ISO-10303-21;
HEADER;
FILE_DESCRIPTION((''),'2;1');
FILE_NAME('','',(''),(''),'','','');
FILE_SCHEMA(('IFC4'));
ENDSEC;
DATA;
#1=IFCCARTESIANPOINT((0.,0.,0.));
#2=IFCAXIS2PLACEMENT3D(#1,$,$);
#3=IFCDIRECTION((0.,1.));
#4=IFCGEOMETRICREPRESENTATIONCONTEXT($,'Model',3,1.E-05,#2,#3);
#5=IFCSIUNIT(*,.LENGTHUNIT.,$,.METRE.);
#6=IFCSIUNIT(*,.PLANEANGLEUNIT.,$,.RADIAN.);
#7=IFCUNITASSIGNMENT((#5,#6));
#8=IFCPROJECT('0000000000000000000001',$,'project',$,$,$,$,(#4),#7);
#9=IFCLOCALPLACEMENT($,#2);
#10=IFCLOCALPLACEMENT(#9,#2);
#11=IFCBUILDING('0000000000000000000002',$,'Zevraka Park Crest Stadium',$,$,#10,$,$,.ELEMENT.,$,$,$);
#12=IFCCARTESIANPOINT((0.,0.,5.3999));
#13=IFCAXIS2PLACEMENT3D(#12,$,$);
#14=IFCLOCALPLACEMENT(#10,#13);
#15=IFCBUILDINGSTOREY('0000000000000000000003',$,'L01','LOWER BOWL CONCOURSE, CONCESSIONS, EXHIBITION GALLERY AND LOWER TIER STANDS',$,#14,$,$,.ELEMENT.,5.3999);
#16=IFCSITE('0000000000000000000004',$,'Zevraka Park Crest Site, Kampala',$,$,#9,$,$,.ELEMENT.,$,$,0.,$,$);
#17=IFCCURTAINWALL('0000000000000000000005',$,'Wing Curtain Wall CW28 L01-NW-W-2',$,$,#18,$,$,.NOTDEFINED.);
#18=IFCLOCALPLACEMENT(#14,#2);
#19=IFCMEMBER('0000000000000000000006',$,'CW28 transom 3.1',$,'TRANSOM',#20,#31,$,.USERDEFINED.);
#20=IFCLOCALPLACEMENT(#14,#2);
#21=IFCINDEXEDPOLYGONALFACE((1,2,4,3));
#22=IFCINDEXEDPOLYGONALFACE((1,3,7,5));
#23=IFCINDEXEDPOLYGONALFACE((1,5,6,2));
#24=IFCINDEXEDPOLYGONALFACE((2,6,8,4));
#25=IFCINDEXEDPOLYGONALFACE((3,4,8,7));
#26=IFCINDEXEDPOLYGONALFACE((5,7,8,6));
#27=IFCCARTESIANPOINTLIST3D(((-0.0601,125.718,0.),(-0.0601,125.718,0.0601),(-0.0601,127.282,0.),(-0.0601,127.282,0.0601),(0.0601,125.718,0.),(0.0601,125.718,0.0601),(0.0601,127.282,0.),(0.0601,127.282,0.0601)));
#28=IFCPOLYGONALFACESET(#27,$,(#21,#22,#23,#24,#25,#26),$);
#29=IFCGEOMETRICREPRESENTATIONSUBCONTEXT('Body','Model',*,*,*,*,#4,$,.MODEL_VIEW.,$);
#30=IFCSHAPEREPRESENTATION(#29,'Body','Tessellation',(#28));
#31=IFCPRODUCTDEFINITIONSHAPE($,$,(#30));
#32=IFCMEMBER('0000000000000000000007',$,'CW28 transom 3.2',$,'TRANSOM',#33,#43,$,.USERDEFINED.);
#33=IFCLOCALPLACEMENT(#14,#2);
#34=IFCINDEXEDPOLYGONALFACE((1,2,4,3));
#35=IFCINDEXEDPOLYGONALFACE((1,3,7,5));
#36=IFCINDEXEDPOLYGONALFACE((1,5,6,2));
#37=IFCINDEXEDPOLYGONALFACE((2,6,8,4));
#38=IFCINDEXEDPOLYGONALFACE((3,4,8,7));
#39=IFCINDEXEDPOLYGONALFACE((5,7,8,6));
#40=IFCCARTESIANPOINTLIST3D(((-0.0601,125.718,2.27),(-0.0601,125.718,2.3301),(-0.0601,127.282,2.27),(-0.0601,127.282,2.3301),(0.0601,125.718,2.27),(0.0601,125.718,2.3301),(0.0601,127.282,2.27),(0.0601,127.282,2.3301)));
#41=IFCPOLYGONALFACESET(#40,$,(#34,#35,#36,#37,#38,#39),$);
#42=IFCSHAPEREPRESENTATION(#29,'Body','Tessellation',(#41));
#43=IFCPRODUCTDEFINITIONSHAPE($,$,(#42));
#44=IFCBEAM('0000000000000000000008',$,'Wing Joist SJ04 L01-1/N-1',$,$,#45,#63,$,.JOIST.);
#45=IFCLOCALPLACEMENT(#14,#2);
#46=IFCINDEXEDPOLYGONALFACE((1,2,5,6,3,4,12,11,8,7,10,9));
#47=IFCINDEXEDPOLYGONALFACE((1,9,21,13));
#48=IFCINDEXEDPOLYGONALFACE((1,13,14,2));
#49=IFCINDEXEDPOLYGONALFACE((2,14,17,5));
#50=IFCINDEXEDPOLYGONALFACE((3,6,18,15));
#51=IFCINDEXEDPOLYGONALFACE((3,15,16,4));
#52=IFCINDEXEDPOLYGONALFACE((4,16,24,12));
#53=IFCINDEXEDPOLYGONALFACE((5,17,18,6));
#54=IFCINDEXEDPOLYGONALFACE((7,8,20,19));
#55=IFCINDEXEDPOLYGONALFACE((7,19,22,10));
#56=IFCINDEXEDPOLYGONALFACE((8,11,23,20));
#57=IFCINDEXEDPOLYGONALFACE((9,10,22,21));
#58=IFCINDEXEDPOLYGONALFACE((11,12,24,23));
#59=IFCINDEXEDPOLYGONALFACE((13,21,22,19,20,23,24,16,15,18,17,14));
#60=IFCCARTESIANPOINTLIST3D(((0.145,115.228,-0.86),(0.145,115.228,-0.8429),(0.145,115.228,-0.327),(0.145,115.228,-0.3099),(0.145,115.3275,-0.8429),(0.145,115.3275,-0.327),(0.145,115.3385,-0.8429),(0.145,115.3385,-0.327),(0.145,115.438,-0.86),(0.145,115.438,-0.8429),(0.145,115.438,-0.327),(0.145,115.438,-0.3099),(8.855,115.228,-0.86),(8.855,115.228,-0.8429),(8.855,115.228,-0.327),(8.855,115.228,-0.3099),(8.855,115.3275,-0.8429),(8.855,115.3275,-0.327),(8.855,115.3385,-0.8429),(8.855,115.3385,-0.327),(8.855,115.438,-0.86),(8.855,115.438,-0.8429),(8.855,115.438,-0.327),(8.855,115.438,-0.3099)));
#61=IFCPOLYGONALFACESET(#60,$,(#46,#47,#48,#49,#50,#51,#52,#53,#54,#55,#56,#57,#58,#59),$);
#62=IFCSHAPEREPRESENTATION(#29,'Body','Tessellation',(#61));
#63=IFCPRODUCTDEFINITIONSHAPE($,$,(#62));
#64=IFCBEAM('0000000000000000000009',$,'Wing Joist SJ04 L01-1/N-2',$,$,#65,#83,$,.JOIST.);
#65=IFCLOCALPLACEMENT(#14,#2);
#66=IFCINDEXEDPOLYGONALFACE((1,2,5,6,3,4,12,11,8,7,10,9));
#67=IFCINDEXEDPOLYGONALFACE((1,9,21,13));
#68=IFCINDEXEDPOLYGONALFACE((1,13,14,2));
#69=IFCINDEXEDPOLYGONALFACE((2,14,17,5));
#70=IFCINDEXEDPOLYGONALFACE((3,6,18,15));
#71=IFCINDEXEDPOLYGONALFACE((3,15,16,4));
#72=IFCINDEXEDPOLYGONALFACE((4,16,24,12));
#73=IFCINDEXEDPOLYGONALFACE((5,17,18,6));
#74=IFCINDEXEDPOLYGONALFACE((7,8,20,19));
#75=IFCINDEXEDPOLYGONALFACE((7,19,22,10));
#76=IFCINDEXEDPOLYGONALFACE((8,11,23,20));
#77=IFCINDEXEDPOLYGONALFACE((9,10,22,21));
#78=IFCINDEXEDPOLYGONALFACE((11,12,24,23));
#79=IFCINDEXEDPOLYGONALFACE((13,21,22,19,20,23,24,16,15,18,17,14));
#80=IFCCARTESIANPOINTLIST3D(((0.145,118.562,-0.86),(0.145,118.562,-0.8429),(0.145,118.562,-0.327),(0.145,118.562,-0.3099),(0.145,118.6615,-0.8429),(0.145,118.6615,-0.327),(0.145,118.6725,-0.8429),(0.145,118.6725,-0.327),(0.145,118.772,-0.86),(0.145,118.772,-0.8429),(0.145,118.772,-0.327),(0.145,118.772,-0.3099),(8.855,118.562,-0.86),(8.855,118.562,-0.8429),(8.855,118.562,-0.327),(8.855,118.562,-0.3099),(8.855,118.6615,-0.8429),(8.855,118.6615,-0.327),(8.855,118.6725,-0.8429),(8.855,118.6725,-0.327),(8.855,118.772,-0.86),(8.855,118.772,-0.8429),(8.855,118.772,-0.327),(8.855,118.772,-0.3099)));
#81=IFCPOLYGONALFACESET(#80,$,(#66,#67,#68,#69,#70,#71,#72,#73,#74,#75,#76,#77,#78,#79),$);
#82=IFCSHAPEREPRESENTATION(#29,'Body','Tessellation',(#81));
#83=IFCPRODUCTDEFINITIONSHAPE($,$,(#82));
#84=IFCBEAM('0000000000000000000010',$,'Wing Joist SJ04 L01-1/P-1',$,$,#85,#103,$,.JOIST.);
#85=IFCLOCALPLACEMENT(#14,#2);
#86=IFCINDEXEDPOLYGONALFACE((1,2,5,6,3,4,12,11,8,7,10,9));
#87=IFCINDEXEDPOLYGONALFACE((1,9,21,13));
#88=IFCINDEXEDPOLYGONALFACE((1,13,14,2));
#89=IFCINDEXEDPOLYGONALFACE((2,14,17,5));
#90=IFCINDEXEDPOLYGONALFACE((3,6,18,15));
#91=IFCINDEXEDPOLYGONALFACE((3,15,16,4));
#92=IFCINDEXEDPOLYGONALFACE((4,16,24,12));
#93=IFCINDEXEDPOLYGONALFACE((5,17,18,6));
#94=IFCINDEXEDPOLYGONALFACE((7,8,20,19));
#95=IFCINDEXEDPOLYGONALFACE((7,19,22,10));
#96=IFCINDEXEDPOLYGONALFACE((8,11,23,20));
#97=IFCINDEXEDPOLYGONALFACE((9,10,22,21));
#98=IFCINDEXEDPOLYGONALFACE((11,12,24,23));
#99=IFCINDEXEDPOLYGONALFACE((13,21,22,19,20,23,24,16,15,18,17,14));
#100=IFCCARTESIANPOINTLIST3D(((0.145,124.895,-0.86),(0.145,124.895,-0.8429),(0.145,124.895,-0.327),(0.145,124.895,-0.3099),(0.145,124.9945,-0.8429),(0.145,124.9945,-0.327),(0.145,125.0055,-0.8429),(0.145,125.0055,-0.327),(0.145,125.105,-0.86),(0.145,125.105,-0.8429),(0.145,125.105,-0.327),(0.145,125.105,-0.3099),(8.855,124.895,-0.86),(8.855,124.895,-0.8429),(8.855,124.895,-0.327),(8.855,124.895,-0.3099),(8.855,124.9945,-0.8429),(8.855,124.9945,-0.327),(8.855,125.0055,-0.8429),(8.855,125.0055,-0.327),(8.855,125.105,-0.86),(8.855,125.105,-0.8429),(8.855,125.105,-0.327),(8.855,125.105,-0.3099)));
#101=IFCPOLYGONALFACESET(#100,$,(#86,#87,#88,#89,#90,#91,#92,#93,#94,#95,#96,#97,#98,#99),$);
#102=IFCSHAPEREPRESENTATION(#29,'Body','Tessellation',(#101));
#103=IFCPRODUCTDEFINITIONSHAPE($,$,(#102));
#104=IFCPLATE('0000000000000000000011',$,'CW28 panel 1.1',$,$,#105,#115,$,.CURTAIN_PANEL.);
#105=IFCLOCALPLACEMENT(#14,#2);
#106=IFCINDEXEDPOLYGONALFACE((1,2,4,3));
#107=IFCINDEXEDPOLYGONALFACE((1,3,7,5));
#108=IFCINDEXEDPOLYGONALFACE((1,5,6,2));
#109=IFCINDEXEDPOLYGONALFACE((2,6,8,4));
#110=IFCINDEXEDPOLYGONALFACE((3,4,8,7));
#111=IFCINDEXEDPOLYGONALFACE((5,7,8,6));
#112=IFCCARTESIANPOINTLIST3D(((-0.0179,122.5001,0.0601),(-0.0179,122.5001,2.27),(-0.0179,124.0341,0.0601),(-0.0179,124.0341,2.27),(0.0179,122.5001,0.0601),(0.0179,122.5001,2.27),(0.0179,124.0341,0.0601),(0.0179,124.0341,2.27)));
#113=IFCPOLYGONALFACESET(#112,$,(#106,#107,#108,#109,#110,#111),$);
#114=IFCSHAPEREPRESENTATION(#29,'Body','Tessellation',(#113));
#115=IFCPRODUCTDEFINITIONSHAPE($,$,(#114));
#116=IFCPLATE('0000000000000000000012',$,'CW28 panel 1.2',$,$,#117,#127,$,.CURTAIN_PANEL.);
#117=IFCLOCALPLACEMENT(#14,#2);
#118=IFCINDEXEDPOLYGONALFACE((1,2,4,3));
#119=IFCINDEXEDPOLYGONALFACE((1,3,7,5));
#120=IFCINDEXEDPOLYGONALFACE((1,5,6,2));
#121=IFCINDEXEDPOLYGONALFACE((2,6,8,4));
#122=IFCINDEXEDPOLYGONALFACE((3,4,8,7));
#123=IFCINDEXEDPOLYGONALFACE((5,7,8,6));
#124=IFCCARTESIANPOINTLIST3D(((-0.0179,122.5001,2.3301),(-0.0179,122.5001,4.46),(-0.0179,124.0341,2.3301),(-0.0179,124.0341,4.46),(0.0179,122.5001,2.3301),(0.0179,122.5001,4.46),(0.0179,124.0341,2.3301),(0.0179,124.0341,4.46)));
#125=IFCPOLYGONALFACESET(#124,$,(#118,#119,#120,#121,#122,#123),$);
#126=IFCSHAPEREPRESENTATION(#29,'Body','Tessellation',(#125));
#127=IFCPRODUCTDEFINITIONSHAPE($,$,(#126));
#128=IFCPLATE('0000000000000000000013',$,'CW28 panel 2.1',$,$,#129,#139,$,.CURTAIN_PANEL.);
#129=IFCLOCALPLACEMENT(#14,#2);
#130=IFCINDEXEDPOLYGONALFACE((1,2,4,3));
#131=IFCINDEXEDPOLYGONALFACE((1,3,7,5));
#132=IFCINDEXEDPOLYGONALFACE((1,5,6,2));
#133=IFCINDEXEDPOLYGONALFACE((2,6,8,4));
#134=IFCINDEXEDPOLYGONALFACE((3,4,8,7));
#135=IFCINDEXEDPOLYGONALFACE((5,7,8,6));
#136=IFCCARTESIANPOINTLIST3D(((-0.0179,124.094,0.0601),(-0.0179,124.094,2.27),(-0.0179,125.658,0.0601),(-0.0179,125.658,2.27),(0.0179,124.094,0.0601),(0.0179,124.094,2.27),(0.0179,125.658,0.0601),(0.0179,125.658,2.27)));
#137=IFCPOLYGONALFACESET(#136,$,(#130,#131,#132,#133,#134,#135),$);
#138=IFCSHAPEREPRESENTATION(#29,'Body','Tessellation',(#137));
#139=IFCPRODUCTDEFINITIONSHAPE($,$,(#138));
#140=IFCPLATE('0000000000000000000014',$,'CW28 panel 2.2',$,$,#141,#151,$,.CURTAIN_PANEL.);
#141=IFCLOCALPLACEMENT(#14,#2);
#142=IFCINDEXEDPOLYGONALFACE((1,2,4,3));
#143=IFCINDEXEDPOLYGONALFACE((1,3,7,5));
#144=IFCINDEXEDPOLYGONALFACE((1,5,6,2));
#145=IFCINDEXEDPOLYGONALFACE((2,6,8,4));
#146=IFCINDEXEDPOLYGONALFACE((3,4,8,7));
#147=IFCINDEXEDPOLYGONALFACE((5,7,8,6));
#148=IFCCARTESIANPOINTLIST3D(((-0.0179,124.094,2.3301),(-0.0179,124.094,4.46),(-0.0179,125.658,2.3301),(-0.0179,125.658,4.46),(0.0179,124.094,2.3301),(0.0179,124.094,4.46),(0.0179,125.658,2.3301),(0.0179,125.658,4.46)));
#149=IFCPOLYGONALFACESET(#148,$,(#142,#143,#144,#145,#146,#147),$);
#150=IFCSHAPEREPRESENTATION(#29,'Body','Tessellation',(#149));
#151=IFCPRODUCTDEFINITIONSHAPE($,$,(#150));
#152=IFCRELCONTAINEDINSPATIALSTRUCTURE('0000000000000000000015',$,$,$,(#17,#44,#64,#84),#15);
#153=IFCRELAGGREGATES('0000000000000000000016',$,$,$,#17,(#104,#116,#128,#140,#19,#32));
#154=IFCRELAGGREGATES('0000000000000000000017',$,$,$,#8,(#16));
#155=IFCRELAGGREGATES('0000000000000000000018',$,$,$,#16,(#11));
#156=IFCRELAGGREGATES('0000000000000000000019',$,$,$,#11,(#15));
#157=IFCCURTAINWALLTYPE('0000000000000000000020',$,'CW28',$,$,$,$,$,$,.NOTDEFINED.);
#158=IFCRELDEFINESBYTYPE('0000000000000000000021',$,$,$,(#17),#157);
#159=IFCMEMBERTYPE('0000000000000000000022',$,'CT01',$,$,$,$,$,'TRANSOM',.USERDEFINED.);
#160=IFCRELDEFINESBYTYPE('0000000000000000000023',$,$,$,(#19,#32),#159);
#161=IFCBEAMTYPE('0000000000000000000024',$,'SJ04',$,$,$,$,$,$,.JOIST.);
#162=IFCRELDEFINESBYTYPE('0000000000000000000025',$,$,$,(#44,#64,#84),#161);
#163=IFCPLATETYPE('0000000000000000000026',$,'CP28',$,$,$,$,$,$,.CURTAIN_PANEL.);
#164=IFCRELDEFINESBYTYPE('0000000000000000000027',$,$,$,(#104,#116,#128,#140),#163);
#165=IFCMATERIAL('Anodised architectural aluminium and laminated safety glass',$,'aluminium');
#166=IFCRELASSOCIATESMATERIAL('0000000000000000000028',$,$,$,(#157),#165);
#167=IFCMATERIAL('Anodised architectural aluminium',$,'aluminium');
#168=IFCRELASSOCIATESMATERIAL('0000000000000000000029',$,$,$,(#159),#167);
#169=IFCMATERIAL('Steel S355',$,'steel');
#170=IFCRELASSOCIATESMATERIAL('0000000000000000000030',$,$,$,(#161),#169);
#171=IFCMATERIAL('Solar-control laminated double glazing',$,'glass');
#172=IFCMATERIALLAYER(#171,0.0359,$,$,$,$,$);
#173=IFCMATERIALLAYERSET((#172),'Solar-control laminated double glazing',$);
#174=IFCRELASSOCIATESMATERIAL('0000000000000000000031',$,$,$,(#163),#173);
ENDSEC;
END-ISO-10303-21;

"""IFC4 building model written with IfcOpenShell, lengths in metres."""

from ifc_helpers import new_model, si_unit, direction, frame, origin, origin_2d, place, context, subcontext, project, spatial, rectangle, i_section, extrude, material, layer, layer_set, material_profile, profile_set, type_object, element, aggregate, save


model = new_model("IFC4")

# Units and contexts
model_context = context("Model", 3, precision=1e-05, world=origin(), true_north=direction((0.0, 1.0)))
body_context = subcontext(model_context, "Body", "Model", "MODEL_VIEW")
ifc_project = project(units=[si_unit("LENGTHUNIT", "METRE"), si_unit("PLANEANGLEUNIT", "RADIAN")], contexts=[model_context])

# Site, building, storey
site_placement = place(None, origin())
site = spatial("IfcSite", under=ifc_project, at=site_placement, Name="Zevraka Park Crest Site, Kampala", CompositionType="ELEMENT", RefElevation=0.0)
building_placement = place(site_placement, origin())
building = spatial("IfcBuilding", under=site, at=building_placement, Name="Zevraka Park Crest Stadium", CompositionType="ELEMENT")
storey_placement = place(building_placement, frame((0.0, 0.0, 5.3999)))
storey = spatial("IfcBuildingStorey", under=building, at=storey_placement, Name="L01", Description="LOWER BOWL CONCOURSE, CONCESSIONS, EXHIBITION GALLERY AND LOWER TIER STANDS", CompositionType="ELEMENT", Elevation=5.3999)

# Curtain wall, members
ifc_material_1 = material(Name="Anodised architectural aluminium and laminated safety glass", Category="aluminium")
curtain_wall_type = type_object("IfcCurtainWallType", Name="CW28", PredefinedType="NOTDEFINED", material=ifc_material_1)
curtain_wall_placement = place(storey_placement, origin())
curtain_wall = element("IfcCurtainWall", 1, at=curtain_wall_placement, inside=storey, type_object=curtain_wall_type, Name="Wing Curtain Wall CW28 L01-NW-W-2", PredefinedType="NOTDEFINED")
ifc_material_2 = material(Name="Anodised architectural aluminium", Category="aluminium")
ifc_material_profile_1 = material_profile(ifc_material_2, rectangle(XDim=0.1201, YDim=0.0601, at=origin_2d()), Name="ALU TRANSOM 120x60")
ifc_profile_set_1 = profile_set([ifc_material_profile_1], Name="Anodised architectural aluminium")
member_type_1 = type_object("IfcMemberType", Name="CT01", ElementType="TRANSOM", PredefinedType="USERDEFINED", material=ifc_profile_set_1)
member_1_placement = place(storey_placement, frame((0.0, 125.718, 0.03), z_axis=(0.0, 1.0, 0.0), x_axis=(-1.0, 0.0, 0.0)))
member_1 = element("IfcMember", 2, at=member_1_placement, type_object=member_type_1, Name="CW28 transom 3.1", ObjectType="TRANSOM", PredefinedType="USERDEFINED", context=body_context, shape_type="SweptSolid", body=[
    extrude(rectangle(XDim=0.1201, YDim=0.0601, at=origin_2d()), origin(), (0.0, 0.0, 1.0), 1.564),
])
member_2_placement = place(storey_placement, frame((0.0, 125.718, 2.3), z_axis=(0.0, 1.0, 0.0), x_axis=(-1.0, 0.0, 0.0)))
member_2 = element("IfcMember", 3, at=member_2_placement, type_object=member_type_1, Name="CW28 transom 3.2", ObjectType="TRANSOM", PredefinedType="USERDEFINED", context=body_context, shape_type="SweptSolid", body=[
    extrude(rectangle(XDim=0.1201, YDim=0.0601, at=origin_2d()), origin(), (0.0, 0.0, 1.0), 1.564),
])

# Beams
ifc_material_3 = material(Name="Steel S355", Category="steel")
ifc_material_profile_2 = material_profile(ifc_material_3, i_section(OverallWidth=0.21, OverallDepth=0.55, WebThickness=0.011, FlangeThickness=0.0171, at=origin_2d()), Name="IPE 550")
ifc_profile_set_2 = profile_set([ifc_material_profile_2], Name="Steel S355")
beam_type_1 = type_object("IfcBeamType", Name="SJ04", PredefinedType="JOIST", material=ifc_profile_set_2)
for number, where, z_axis, x_axis, name in (
    (4, (0.145, 115.333, -0.585), (1.0, 0.0, 0.0), (0.0, 1.0, 0.0), "Wing Joist SJ04 L01-1/N-1"),
    (5, (0.145, 118.667, -0.585), (1.0, 0.0, 0.0), (0.0, 1.0, 0.0), "Wing Joist SJ04 L01-1/N-2"),
    (6, (0.145, 125.0, -0.585), (1.0, 0.0, 0.0), (0.0, 1.0, 0.0), "Wing Joist SJ04 L01-1/P-1"),
):
    element("IfcBeam", number, at=place(storey_placement, frame(where, z_axis=z_axis, x_axis=x_axis)), inside=storey, type_object=beam_type_1, Name=name, PredefinedType="JOIST", context=body_context, shape_type="SweptSolid", body=[
        extrude(i_section(OverallWidth=0.21, OverallDepth=0.55, WebThickness=0.011, FlangeThickness=0.0171, at=origin_2d()), origin(), (0.0, 0.0, 1.0), 8.71),
    ])

# Plates
ifc_material_4 = material(Name="Solar-control laminated double glazing", Category="glass")
ifc_layer = layer(ifc_material_4, 0.0359)
ifc_layer_set = layer_set([ifc_layer], Name="Solar-control laminated double glazing")
plate_type = type_object("IfcPlateType", Name="CP28", PredefinedType="CURTAIN_PANEL", material=ifc_layer_set)
plate_1_placement = place(storey_placement, frame((0.0, 123.2671, 0.0601), z_axis=(0.0, 0.0, 1.0), x_axis=(0.0, 1.0, 0.0)))
plate_1 = element("IfcPlate", 7, at=plate_1_placement, type_object=plate_type, Name="CW28 panel 1.1", PredefinedType="CURTAIN_PANEL", context=body_context, shape_type="SweptSolid", body=[
    extrude(rectangle(XDim=1.5339, YDim=0.0359, at=origin_2d()), origin(), (0.0, 0.0, 1.0), 2.21),
])
plate_2_placement = place(storey_placement, frame((0.0, 123.2671, 2.3301), z_axis=(0.0, 0.0, 1.0), x_axis=(0.0, 1.0, 0.0)))
plate_2 = element("IfcPlate", 8, at=plate_2_placement, type_object=plate_type, Name="CW28 panel 1.2", PredefinedType="CURTAIN_PANEL", context=body_context, shape_type="SweptSolid", body=[
    extrude(rectangle(XDim=1.5339, YDim=0.0359, at=origin_2d()), origin(), (0.0, 0.0, 1.0), 2.1299),
])
plate_3_placement = place(storey_placement, frame((0.0, 124.876, 0.0601), z_axis=(0.0, 0.0, 1.0), x_axis=(0.0, 1.0, 0.0)))
plate_3 = element("IfcPlate", 9, at=plate_3_placement, type_object=plate_type, Name="CW28 panel 2.1", PredefinedType="CURTAIN_PANEL", context=body_context, shape_type="SweptSolid", body=[
    extrude(rectangle(XDim=1.564, YDim=0.0359, at=origin_2d()), origin(), (0.0, 0.0, 1.0), 2.21),
])
plate_4_placement = place(storey_placement, frame((0.0, 124.876, 2.3301), z_axis=(0.0, 0.0, 1.0), x_axis=(0.0, 1.0, 0.0)))
plate_4 = element("IfcPlate", 10, at=plate_4_placement, type_object=plate_type, Name="CW28 panel 2.2", PredefinedType="CURTAIN_PANEL", context=body_context, shape_type="SweptSolid", body=[
    extrude(rectangle(XDim=1.564, YDim=0.0359, at=origin_2d()), origin(), (0.0, 0.0, 1.0), 2.1299),
])
aggregate(curtain_wall, [plate_1, plate_2, plate_3, plate_4, member_1, member_2])

save(model, "model.ifc")
